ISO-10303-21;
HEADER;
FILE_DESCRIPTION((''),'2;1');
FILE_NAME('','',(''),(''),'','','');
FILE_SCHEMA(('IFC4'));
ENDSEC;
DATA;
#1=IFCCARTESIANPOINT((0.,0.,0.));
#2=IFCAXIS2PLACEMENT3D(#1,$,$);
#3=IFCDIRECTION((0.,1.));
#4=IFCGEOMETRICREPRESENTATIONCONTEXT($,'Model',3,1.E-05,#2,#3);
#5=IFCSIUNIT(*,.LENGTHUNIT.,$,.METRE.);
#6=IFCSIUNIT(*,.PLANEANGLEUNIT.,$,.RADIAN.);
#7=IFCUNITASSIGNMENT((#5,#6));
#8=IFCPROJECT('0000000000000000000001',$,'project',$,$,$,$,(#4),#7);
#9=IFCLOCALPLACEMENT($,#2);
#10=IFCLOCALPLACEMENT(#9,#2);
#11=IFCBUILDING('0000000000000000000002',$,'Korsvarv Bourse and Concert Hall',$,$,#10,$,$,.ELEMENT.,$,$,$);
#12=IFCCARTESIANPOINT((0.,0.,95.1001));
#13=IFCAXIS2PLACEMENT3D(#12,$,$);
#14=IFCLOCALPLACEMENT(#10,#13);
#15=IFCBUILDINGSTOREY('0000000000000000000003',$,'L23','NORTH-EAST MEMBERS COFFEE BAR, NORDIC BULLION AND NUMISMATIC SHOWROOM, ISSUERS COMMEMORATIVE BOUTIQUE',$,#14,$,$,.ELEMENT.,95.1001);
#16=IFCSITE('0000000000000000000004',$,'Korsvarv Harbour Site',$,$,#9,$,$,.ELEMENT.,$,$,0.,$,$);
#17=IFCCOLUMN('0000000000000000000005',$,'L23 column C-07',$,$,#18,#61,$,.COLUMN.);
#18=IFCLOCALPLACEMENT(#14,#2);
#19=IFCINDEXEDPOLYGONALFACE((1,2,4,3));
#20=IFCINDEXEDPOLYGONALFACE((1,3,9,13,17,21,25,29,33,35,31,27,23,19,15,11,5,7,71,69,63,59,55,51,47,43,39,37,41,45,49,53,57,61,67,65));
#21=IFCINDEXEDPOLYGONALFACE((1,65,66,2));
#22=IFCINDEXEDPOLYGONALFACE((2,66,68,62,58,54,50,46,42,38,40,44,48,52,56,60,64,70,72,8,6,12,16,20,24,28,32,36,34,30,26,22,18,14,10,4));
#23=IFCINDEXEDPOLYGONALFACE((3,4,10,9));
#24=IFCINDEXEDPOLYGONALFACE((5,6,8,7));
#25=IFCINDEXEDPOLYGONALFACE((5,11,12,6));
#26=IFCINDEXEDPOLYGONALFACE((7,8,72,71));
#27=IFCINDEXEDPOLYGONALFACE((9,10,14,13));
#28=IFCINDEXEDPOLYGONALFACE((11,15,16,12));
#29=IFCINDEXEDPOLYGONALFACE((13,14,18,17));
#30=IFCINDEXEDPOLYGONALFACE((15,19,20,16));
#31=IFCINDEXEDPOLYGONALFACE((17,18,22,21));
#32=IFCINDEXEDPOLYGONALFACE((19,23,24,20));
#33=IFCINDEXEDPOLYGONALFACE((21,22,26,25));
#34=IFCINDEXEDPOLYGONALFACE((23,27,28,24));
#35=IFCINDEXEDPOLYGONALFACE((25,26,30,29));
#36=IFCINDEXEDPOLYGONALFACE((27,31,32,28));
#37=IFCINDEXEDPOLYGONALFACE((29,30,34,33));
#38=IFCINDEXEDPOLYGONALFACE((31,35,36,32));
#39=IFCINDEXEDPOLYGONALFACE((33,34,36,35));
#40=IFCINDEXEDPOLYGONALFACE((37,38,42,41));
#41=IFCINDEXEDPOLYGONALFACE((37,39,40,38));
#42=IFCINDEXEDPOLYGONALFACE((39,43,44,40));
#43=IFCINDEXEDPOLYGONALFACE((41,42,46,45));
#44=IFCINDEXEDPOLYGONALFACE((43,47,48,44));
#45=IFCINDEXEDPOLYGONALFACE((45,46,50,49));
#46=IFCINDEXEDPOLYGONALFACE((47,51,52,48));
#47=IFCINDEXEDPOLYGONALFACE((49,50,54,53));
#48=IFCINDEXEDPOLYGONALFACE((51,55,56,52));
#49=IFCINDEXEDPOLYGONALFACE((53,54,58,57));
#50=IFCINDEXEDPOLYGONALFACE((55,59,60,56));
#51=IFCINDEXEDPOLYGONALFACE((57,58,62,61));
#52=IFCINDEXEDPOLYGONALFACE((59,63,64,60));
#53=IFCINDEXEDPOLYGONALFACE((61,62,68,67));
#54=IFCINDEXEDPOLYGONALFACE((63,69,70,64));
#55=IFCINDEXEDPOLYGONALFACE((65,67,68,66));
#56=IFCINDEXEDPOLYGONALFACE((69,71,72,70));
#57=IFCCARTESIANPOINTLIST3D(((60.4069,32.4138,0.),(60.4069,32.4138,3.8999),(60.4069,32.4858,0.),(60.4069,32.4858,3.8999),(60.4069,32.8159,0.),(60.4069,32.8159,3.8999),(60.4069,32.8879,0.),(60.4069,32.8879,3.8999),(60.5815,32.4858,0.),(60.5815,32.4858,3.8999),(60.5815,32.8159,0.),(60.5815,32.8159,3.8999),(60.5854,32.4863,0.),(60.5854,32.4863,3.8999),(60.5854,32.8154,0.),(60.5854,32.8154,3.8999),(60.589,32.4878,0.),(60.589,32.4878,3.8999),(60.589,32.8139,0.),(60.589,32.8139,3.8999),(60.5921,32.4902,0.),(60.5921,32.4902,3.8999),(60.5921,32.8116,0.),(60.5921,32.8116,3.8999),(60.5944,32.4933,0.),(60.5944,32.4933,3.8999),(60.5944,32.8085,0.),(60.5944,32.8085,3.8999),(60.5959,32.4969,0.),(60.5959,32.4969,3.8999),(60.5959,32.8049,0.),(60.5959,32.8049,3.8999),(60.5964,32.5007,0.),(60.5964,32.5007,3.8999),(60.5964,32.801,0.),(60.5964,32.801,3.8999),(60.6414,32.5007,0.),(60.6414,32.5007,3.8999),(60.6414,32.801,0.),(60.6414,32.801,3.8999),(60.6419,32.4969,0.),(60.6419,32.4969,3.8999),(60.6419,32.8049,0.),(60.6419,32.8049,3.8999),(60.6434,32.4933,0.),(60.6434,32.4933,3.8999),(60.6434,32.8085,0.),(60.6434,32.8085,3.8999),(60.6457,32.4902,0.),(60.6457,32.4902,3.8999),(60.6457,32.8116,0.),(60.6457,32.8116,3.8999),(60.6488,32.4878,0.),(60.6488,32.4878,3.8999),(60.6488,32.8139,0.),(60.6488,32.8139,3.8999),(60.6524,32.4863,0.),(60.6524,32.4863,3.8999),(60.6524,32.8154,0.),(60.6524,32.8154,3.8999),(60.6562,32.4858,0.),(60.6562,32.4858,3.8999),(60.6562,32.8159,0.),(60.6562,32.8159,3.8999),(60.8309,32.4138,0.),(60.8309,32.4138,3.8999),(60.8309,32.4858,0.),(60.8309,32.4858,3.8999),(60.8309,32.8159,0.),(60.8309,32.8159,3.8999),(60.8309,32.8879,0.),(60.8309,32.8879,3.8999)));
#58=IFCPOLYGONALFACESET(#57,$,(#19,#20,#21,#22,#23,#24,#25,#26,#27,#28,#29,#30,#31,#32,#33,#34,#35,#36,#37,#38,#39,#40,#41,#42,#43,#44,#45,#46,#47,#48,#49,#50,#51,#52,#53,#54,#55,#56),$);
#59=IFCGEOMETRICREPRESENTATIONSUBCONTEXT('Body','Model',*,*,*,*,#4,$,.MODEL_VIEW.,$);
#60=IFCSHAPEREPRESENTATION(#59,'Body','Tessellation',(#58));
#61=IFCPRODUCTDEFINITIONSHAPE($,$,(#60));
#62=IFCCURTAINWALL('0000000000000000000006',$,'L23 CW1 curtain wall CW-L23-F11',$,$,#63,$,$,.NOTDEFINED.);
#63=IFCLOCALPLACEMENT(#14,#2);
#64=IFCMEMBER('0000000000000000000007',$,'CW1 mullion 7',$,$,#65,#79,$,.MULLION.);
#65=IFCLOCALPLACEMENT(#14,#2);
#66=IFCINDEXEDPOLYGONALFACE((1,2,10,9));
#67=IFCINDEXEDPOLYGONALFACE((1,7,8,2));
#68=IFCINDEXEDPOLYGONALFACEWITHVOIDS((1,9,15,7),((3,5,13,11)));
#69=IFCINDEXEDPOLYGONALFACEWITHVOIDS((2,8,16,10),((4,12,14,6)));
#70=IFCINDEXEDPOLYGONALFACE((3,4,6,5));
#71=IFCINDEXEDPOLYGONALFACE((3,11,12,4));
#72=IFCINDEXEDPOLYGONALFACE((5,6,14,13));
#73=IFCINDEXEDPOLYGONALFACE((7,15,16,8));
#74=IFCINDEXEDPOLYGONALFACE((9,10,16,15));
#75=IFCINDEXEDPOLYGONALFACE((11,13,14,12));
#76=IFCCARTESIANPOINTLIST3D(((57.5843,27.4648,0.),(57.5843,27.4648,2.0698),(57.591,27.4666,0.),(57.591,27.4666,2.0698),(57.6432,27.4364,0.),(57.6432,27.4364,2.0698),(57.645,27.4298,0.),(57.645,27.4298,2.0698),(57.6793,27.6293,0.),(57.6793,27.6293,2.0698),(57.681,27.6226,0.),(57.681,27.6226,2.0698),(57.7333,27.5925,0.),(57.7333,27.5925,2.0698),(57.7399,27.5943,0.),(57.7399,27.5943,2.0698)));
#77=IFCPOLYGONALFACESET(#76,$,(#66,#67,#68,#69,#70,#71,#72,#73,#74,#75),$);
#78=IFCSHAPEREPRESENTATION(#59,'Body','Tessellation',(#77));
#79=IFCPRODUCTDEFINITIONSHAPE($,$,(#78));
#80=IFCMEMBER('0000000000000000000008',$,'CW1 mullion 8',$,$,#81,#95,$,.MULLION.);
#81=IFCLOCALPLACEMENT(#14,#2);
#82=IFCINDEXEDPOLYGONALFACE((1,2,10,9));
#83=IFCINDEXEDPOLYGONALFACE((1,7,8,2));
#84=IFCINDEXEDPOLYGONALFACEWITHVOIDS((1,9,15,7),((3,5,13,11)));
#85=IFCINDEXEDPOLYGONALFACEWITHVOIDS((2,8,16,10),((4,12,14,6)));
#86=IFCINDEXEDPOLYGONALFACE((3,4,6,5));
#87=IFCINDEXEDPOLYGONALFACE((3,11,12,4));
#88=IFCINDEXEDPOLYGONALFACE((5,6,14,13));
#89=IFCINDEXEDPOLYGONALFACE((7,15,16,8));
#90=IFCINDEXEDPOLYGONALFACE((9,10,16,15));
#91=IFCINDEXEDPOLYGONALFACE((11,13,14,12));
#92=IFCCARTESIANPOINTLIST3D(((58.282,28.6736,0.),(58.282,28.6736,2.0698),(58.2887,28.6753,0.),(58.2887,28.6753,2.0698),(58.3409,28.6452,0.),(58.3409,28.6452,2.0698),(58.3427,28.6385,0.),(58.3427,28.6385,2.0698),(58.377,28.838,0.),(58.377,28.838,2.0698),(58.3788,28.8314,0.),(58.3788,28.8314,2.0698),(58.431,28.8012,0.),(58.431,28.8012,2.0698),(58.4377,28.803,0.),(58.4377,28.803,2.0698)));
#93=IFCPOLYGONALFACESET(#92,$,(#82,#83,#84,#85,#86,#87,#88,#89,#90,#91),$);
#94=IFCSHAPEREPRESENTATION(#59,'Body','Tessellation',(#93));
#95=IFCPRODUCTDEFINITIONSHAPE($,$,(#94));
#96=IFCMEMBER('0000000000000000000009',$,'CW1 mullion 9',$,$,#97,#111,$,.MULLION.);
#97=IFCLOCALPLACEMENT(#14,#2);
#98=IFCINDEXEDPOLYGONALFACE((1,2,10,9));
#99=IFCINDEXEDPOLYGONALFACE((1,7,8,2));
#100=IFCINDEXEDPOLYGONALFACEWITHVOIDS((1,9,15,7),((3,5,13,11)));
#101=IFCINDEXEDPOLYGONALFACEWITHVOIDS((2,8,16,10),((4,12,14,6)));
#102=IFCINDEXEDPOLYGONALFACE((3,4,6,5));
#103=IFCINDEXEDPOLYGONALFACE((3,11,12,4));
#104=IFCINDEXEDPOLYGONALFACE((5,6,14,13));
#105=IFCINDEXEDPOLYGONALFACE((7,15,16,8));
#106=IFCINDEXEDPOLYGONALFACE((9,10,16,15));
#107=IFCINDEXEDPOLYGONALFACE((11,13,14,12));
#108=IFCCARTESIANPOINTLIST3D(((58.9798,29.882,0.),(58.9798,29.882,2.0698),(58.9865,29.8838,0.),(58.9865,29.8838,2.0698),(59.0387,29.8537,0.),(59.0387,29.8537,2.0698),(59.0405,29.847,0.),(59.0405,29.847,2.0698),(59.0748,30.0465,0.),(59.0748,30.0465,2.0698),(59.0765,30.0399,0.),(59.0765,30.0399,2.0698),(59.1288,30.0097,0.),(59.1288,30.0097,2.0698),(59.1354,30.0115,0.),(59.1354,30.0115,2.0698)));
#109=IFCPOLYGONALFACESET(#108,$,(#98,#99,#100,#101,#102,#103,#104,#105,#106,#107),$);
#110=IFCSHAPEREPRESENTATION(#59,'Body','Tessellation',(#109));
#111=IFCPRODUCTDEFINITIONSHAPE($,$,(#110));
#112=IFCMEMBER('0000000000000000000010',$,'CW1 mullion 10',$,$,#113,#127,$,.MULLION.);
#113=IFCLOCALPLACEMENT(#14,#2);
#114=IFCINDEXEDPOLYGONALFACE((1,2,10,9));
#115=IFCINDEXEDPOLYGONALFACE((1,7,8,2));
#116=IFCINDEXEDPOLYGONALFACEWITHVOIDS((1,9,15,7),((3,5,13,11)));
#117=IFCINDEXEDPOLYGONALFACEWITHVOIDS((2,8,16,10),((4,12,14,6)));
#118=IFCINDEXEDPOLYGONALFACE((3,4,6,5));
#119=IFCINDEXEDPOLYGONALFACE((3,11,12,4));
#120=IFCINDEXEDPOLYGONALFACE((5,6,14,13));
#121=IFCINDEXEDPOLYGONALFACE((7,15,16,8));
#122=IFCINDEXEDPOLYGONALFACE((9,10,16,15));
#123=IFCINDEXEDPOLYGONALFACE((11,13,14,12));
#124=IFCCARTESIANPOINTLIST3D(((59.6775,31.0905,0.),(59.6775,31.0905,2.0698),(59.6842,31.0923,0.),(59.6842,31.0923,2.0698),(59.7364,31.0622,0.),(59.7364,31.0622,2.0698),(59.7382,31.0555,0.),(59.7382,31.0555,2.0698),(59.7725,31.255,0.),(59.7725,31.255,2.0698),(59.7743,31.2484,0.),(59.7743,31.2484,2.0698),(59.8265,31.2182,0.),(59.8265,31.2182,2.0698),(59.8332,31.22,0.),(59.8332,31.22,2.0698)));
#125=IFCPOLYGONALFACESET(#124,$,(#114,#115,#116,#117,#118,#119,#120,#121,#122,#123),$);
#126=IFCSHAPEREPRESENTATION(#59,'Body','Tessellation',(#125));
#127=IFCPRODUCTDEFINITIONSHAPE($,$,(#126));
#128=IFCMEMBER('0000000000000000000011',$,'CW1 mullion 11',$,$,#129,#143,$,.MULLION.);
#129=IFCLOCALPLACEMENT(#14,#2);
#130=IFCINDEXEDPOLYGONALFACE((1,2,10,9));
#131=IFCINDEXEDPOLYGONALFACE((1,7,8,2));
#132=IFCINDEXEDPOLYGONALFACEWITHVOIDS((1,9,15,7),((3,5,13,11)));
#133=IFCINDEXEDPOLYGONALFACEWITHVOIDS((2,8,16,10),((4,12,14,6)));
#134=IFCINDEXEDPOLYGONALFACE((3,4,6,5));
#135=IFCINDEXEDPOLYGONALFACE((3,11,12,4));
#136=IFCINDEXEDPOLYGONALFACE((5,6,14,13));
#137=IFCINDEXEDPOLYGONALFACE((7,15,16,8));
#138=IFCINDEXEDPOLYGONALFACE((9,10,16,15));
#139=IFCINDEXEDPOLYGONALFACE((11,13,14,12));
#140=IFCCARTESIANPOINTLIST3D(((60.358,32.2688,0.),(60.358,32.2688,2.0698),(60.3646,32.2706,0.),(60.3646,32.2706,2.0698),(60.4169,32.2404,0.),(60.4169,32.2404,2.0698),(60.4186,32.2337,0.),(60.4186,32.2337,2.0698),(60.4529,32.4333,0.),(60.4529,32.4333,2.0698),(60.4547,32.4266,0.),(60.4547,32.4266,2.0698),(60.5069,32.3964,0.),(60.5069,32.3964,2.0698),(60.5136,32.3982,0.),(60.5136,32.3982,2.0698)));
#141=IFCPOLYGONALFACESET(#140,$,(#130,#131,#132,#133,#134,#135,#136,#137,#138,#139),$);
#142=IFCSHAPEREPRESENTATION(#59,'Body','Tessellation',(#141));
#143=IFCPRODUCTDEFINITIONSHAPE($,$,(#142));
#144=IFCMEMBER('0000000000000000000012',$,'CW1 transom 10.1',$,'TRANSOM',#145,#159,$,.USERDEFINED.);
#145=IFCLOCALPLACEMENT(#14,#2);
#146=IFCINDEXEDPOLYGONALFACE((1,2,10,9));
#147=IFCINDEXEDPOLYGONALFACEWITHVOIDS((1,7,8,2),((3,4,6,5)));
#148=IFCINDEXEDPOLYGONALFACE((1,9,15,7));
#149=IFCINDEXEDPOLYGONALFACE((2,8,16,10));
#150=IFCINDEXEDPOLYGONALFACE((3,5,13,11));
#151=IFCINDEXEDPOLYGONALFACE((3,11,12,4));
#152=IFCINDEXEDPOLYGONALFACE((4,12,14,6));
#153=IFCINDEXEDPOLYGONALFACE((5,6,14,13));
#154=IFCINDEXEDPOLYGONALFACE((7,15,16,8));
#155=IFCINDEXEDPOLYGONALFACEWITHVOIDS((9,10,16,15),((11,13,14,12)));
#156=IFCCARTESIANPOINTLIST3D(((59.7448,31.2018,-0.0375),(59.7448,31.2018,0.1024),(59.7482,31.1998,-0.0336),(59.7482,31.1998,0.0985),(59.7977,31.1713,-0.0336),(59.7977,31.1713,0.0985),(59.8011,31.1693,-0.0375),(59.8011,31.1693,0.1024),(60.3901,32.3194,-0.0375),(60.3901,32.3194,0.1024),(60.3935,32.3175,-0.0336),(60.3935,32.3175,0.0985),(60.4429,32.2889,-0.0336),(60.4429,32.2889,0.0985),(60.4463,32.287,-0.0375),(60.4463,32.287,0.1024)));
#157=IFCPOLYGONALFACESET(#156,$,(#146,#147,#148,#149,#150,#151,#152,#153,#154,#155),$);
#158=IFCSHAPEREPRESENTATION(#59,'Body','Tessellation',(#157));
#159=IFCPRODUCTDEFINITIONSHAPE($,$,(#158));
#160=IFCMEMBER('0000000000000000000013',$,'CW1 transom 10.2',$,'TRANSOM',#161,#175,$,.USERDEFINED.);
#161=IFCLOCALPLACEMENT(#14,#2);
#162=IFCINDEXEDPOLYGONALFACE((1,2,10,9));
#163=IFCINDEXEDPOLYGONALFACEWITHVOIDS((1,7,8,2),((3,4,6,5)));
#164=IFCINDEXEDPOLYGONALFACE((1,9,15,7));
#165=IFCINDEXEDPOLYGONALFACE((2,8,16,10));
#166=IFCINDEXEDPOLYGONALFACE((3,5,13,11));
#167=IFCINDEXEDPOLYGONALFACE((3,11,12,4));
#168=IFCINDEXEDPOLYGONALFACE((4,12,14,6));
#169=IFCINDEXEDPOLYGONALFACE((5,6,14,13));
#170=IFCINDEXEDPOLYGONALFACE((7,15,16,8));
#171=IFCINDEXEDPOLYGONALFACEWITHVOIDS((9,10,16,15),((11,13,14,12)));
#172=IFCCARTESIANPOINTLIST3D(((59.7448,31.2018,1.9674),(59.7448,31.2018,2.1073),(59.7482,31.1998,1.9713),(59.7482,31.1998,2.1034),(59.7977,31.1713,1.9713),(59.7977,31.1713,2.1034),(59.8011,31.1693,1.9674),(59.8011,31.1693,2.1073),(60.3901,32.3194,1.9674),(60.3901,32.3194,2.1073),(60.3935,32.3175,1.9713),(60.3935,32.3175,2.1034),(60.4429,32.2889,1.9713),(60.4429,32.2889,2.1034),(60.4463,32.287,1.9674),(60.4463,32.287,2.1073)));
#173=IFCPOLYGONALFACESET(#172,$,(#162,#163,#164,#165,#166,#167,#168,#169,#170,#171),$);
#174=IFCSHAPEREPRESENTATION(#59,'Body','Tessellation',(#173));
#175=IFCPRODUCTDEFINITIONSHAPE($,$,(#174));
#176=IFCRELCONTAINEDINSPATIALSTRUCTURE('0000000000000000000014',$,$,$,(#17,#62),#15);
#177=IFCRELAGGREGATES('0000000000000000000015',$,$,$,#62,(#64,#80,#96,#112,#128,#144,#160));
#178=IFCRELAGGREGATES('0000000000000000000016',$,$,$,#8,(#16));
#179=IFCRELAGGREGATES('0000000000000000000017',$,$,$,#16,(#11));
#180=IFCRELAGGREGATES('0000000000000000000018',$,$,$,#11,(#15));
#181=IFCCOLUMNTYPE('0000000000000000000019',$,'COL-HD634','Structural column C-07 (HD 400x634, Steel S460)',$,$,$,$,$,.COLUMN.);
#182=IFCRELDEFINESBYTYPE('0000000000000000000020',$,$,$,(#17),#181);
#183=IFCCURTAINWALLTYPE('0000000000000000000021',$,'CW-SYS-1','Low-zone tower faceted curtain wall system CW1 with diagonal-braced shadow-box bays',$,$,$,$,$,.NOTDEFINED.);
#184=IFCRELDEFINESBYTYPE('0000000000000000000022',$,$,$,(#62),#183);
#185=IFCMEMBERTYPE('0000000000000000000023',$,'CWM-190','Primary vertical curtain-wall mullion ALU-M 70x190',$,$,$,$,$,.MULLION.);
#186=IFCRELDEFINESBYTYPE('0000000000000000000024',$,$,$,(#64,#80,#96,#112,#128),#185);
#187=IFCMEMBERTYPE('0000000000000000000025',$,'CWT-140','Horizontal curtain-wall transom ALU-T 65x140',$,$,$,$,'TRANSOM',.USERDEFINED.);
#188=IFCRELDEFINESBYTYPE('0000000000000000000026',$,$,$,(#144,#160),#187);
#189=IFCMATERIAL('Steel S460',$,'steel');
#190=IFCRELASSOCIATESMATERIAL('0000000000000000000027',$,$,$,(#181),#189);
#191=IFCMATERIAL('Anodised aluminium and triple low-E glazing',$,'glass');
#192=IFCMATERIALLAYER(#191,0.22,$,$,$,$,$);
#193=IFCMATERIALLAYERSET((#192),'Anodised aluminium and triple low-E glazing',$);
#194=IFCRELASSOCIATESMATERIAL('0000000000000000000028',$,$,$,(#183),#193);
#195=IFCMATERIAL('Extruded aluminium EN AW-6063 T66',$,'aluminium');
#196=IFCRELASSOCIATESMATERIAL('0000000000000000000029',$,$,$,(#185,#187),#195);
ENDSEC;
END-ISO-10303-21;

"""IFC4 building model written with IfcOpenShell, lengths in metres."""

from ifc_helpers import new_model, si_unit, direction, frame, origin, origin_2d, place, context, subcontext, project, spatial, hollow_rectangle, i_section, extrude, source, transform, mapped, material, layer, layer_set, material_profile, profile_set, type_object, element, aggregate, save


model = new_model("IFC4")

# Units and contexts
model_context = context("Model", 3, precision=1e-05, world=origin(), true_north=direction((0.0, 1.0)))
body_context = subcontext(model_context, "Body", "Model", "MODEL_VIEW")
ifc_project = project(units=[si_unit("LENGTHUNIT", "METRE"), si_unit("PLANEANGLEUNIT", "RADIAN")], contexts=[model_context])

# Site, building, storey
site_placement = place(None, origin())
site = spatial("IfcSite", under=ifc_project, at=site_placement, Name="Korsvarv Harbour Site", CompositionType="ELEMENT", RefElevation=0.0)
building_placement = place(site_placement, origin())
building = spatial("IfcBuilding", under=site, at=building_placement, Name="Korsvarv Bourse and Concert Hall", CompositionType="ELEMENT")
storey_placement = place(building_placement, frame((0.0, 0.0, 95.1001)))
storey = spatial("IfcBuildingStorey", under=building, at=storey_placement, Name="L23", Description="NORTH-EAST MEMBERS COFFEE BAR, NORDIC BULLION AND NUMISMATIC SHOWROOM, ISSUERS COMMEMORATIVE BOUTIQUE", CompositionType="ELEMENT", Elevation=95.1001)

# Column
ifc_material_1 = material(Name="Steel S460", Category="steel")
ifc_material_profile_1 = material_profile(ifc_material_1, i_section(OverallWidth=0.4241, OverallDepth=0.4741, WebThickness=0.0449, FlangeThickness=0.072, FilletRadius=0.0149, at=origin_2d()), Name="HD 400x634")
ifc_profile_set_1 = profile_set([ifc_material_profile_1], Name="Steel S460")
column_type = type_object("IfcColumnType", Name="COL-HD634", Description="Structural column C-07 (HD 400x634, Steel S460)", PredefinedType="COLUMN", material=ifc_profile_set_1)
shared_shape_1 = source(origin(), body_context, "Body", "SweptSolid", [
    extrude(i_section(OverallWidth=0.4241, OverallDepth=0.4741, WebThickness=0.0449, FlangeThickness=0.072, FilletRadius=0.0149, at=origin_2d()), origin(), (0.0, 0.0, 1.0), 3.8999),
])
column_placement = place(storey_placement, frame((60.6189, 32.6509, 0.0), z_axis=(0.0, 0.0, 1.0), x_axis=(1.0, 0.0, 0.0)))
element("IfcColumn", 1, at=column_placement, inside=storey, type_object=column_type, Name="L23 column C-07", PredefinedType="COLUMN", context=body_context, shape_type="MappedRepresentation", body=[
    mapped(shared_shape_1, transform((0.0, 0.0, 0.0), scale=1.0)),
])

# Curtain wall, members
ifc_material_2 = material(Name="Anodised aluminium and triple low-E glazing", Category="glass")
ifc_layer_1 = layer(ifc_material_2, 0.22)
ifc_layer_set_1 = layer_set([ifc_layer_1], Name="Anodised aluminium and triple low-E glazing")
curtain_wall_type = type_object("IfcCurtainWallType", Name="CW-SYS-1", Description="Low-zone tower faceted curtain wall system CW1 with diagonal-braced shadow-box bays", PredefinedType="NOTDEFINED", material=ifc_layer_set_1)
curtain_wall_placement = place(storey_placement, origin())
curtain_wall = element("IfcCurtainWall", 2, at=curtain_wall_placement, inside=storey, type_object=curtain_wall_type, Name="L23 CW1 curtain wall CW-L23-F11", PredefinedType="NOTDEFINED")
ifc_material_3 = material(Name="Extruded aluminium EN AW-6063 T66", Category="aluminium")
ifc_material_profile_2 = material_profile(ifc_material_3, hollow_rectangle(XDim=0.0701, YDim=0.1899, WallThickness=0.0049, at=origin_2d()), Name="ALU-M 70x190")
ifc_profile_set_2 = profile_set([ifc_material_profile_2], Name="Extruded aluminium EN AW-6063 T66")
member_type_1 = type_object("IfcMemberType", Name="CWM-190", Description="Primary vertical curtain-wall mullion ALU-M 70x190", PredefinedType="MULLION", material=ifc_profile_set_2)
shared_shape_2 = source(origin(), body_context, "Body", "SweptSolid", [
    extrude(hollow_rectangle(XDim=0.0701, YDim=0.1899, WallThickness=0.0049, at=origin_2d()), origin(), (0.0, 0.0, 1.0), 2.0698),
])
member_1_placement = place(storey_placement, frame((57.6621, 27.5295, 0.0), z_axis=(0.0, 0.0, 1.0), x_axis=(-0.866026, 0.499999, 0.0)))
member_1 = element("IfcMember", 3, at=member_1_placement, type_object=member_type_1, Name="CW1 mullion 7", PredefinedType="MULLION", context=body_context, shape_type="MappedRepresentation", body=[
    mapped(shared_shape_2, transform((0.0, 0.0, 0.0), scale=1.0)),
])
member_2_placement = place(storey_placement, frame((58.3599, 28.7383, 0.0), z_axis=(0.0, 0.0, 1.0), x_axis=(-0.866026, 0.499999, 0.0)))
member_2 = element("IfcMember", 4, at=member_2_placement, type_object=member_type_1, Name="CW1 mullion 8", PredefinedType="MULLION", context=body_context, shape_type="MappedRepresentation", body=[
    mapped(shared_shape_2, transform((0.0, 0.0, 0.0), scale=1.0)),
])
member_3_placement = place(storey_placement, frame((59.0576, 29.9468, 0.0), z_axis=(0.0, 0.0, 1.0), x_axis=(-0.866026, 0.499999, 0.0)))
member_3 = element("IfcMember", 5, at=member_3_placement, type_object=member_type_1, Name="CW1 mullion 9", PredefinedType="MULLION", context=body_context, shape_type="MappedRepresentation", body=[
    mapped(shared_shape_2, transform((0.0, 0.0, 0.0), scale=1.0)),
])
member_4_placement = place(storey_placement, frame((59.7554, 31.1553, 0.0), z_axis=(0.0, 0.0, 1.0), x_axis=(-0.866026, 0.499999, 0.0)))
member_4 = element("IfcMember", 6, at=member_4_placement, type_object=member_type_1, Name="CW1 mullion 10", PredefinedType="MULLION", context=body_context, shape_type="MappedRepresentation", body=[
    mapped(shared_shape_2, transform((0.0, 0.0, 0.0), scale=1.0)),
])
member_5_placement = place(storey_placement, frame((60.4358, 32.3335, 0.0), z_axis=(0.0, 0.0, 1.0), x_axis=(-0.866026, 0.499999, 0.0)))
member_5 = element("IfcMember", 7, at=member_5_placement, type_object=member_type_1, Name="CW1 mullion 11", PredefinedType="MULLION", context=body_context, shape_type="MappedRepresentation", body=[
    mapped(shared_shape_2, transform((0.0, 0.0, 0.0), scale=1.0)),
])
ifc_material_profile_3 = material_profile(ifc_material_3, hollow_rectangle(XDim=0.0649, YDim=0.1399, WallThickness=0.0039, at=origin_2d()), Name="ALU-T 65x140")
ifc_profile_set_3 = profile_set([ifc_material_profile_3], Name="Extruded aluminium EN AW-6063 T66")
member_type_2 = type_object("IfcMemberType", Name="CWT-140", Description="Horizontal curtain-wall transom ALU-T 65x140", ElementType="TRANSOM", PredefinedType="USERDEFINED", material=ifc_profile_set_3)
shared_shape_3 = source(origin(), body_context, "Body", "SweptSolid", [
    extrude(hollow_rectangle(XDim=0.0649, YDim=0.1399, WallThickness=0.0039, at=origin_2d()), origin(), (0.0, 0.0, 1.0), 1.2905),
])
member_6_placement = place(storey_placement, frame((59.7729, 31.1855, 0.0325), z_axis=(0.499984, 0.866034, 0.0), x_axis=(-0.866034, 0.499984, 0.0)))
member_6 = element("IfcMember", 8, at=member_6_placement, type_object=member_type_2, Name="CW1 transom 10.1", ObjectType="TRANSOM", PredefinedType="USERDEFINED", context=body_context, shape_type="MappedRepresentation", body=[
    mapped(shared_shape_3, transform((0.0, 0.0, 0.0), scale=1.0)),
])
member_7_placement = place(storey_placement, frame((59.7729, 31.1855, 2.0374), z_axis=(0.499984, 0.866034, 0.0), x_axis=(-0.866034, 0.499984, 0.0)))
member_7 = element("IfcMember", 9, at=member_7_placement, type_object=member_type_2, Name="CW1 transom 10.2", ObjectType="TRANSOM", PredefinedType="USERDEFINED", context=body_context, shape_type="MappedRepresentation", body=[
    mapped(shared_shape_3, transform((0.0, 0.0, 0.0), scale=1.0)),
])
aggregate(curtain_wall, [member_1, member_2, member_3, member_4, member_5, member_6, member_7])

save(model, "model.ifc")
